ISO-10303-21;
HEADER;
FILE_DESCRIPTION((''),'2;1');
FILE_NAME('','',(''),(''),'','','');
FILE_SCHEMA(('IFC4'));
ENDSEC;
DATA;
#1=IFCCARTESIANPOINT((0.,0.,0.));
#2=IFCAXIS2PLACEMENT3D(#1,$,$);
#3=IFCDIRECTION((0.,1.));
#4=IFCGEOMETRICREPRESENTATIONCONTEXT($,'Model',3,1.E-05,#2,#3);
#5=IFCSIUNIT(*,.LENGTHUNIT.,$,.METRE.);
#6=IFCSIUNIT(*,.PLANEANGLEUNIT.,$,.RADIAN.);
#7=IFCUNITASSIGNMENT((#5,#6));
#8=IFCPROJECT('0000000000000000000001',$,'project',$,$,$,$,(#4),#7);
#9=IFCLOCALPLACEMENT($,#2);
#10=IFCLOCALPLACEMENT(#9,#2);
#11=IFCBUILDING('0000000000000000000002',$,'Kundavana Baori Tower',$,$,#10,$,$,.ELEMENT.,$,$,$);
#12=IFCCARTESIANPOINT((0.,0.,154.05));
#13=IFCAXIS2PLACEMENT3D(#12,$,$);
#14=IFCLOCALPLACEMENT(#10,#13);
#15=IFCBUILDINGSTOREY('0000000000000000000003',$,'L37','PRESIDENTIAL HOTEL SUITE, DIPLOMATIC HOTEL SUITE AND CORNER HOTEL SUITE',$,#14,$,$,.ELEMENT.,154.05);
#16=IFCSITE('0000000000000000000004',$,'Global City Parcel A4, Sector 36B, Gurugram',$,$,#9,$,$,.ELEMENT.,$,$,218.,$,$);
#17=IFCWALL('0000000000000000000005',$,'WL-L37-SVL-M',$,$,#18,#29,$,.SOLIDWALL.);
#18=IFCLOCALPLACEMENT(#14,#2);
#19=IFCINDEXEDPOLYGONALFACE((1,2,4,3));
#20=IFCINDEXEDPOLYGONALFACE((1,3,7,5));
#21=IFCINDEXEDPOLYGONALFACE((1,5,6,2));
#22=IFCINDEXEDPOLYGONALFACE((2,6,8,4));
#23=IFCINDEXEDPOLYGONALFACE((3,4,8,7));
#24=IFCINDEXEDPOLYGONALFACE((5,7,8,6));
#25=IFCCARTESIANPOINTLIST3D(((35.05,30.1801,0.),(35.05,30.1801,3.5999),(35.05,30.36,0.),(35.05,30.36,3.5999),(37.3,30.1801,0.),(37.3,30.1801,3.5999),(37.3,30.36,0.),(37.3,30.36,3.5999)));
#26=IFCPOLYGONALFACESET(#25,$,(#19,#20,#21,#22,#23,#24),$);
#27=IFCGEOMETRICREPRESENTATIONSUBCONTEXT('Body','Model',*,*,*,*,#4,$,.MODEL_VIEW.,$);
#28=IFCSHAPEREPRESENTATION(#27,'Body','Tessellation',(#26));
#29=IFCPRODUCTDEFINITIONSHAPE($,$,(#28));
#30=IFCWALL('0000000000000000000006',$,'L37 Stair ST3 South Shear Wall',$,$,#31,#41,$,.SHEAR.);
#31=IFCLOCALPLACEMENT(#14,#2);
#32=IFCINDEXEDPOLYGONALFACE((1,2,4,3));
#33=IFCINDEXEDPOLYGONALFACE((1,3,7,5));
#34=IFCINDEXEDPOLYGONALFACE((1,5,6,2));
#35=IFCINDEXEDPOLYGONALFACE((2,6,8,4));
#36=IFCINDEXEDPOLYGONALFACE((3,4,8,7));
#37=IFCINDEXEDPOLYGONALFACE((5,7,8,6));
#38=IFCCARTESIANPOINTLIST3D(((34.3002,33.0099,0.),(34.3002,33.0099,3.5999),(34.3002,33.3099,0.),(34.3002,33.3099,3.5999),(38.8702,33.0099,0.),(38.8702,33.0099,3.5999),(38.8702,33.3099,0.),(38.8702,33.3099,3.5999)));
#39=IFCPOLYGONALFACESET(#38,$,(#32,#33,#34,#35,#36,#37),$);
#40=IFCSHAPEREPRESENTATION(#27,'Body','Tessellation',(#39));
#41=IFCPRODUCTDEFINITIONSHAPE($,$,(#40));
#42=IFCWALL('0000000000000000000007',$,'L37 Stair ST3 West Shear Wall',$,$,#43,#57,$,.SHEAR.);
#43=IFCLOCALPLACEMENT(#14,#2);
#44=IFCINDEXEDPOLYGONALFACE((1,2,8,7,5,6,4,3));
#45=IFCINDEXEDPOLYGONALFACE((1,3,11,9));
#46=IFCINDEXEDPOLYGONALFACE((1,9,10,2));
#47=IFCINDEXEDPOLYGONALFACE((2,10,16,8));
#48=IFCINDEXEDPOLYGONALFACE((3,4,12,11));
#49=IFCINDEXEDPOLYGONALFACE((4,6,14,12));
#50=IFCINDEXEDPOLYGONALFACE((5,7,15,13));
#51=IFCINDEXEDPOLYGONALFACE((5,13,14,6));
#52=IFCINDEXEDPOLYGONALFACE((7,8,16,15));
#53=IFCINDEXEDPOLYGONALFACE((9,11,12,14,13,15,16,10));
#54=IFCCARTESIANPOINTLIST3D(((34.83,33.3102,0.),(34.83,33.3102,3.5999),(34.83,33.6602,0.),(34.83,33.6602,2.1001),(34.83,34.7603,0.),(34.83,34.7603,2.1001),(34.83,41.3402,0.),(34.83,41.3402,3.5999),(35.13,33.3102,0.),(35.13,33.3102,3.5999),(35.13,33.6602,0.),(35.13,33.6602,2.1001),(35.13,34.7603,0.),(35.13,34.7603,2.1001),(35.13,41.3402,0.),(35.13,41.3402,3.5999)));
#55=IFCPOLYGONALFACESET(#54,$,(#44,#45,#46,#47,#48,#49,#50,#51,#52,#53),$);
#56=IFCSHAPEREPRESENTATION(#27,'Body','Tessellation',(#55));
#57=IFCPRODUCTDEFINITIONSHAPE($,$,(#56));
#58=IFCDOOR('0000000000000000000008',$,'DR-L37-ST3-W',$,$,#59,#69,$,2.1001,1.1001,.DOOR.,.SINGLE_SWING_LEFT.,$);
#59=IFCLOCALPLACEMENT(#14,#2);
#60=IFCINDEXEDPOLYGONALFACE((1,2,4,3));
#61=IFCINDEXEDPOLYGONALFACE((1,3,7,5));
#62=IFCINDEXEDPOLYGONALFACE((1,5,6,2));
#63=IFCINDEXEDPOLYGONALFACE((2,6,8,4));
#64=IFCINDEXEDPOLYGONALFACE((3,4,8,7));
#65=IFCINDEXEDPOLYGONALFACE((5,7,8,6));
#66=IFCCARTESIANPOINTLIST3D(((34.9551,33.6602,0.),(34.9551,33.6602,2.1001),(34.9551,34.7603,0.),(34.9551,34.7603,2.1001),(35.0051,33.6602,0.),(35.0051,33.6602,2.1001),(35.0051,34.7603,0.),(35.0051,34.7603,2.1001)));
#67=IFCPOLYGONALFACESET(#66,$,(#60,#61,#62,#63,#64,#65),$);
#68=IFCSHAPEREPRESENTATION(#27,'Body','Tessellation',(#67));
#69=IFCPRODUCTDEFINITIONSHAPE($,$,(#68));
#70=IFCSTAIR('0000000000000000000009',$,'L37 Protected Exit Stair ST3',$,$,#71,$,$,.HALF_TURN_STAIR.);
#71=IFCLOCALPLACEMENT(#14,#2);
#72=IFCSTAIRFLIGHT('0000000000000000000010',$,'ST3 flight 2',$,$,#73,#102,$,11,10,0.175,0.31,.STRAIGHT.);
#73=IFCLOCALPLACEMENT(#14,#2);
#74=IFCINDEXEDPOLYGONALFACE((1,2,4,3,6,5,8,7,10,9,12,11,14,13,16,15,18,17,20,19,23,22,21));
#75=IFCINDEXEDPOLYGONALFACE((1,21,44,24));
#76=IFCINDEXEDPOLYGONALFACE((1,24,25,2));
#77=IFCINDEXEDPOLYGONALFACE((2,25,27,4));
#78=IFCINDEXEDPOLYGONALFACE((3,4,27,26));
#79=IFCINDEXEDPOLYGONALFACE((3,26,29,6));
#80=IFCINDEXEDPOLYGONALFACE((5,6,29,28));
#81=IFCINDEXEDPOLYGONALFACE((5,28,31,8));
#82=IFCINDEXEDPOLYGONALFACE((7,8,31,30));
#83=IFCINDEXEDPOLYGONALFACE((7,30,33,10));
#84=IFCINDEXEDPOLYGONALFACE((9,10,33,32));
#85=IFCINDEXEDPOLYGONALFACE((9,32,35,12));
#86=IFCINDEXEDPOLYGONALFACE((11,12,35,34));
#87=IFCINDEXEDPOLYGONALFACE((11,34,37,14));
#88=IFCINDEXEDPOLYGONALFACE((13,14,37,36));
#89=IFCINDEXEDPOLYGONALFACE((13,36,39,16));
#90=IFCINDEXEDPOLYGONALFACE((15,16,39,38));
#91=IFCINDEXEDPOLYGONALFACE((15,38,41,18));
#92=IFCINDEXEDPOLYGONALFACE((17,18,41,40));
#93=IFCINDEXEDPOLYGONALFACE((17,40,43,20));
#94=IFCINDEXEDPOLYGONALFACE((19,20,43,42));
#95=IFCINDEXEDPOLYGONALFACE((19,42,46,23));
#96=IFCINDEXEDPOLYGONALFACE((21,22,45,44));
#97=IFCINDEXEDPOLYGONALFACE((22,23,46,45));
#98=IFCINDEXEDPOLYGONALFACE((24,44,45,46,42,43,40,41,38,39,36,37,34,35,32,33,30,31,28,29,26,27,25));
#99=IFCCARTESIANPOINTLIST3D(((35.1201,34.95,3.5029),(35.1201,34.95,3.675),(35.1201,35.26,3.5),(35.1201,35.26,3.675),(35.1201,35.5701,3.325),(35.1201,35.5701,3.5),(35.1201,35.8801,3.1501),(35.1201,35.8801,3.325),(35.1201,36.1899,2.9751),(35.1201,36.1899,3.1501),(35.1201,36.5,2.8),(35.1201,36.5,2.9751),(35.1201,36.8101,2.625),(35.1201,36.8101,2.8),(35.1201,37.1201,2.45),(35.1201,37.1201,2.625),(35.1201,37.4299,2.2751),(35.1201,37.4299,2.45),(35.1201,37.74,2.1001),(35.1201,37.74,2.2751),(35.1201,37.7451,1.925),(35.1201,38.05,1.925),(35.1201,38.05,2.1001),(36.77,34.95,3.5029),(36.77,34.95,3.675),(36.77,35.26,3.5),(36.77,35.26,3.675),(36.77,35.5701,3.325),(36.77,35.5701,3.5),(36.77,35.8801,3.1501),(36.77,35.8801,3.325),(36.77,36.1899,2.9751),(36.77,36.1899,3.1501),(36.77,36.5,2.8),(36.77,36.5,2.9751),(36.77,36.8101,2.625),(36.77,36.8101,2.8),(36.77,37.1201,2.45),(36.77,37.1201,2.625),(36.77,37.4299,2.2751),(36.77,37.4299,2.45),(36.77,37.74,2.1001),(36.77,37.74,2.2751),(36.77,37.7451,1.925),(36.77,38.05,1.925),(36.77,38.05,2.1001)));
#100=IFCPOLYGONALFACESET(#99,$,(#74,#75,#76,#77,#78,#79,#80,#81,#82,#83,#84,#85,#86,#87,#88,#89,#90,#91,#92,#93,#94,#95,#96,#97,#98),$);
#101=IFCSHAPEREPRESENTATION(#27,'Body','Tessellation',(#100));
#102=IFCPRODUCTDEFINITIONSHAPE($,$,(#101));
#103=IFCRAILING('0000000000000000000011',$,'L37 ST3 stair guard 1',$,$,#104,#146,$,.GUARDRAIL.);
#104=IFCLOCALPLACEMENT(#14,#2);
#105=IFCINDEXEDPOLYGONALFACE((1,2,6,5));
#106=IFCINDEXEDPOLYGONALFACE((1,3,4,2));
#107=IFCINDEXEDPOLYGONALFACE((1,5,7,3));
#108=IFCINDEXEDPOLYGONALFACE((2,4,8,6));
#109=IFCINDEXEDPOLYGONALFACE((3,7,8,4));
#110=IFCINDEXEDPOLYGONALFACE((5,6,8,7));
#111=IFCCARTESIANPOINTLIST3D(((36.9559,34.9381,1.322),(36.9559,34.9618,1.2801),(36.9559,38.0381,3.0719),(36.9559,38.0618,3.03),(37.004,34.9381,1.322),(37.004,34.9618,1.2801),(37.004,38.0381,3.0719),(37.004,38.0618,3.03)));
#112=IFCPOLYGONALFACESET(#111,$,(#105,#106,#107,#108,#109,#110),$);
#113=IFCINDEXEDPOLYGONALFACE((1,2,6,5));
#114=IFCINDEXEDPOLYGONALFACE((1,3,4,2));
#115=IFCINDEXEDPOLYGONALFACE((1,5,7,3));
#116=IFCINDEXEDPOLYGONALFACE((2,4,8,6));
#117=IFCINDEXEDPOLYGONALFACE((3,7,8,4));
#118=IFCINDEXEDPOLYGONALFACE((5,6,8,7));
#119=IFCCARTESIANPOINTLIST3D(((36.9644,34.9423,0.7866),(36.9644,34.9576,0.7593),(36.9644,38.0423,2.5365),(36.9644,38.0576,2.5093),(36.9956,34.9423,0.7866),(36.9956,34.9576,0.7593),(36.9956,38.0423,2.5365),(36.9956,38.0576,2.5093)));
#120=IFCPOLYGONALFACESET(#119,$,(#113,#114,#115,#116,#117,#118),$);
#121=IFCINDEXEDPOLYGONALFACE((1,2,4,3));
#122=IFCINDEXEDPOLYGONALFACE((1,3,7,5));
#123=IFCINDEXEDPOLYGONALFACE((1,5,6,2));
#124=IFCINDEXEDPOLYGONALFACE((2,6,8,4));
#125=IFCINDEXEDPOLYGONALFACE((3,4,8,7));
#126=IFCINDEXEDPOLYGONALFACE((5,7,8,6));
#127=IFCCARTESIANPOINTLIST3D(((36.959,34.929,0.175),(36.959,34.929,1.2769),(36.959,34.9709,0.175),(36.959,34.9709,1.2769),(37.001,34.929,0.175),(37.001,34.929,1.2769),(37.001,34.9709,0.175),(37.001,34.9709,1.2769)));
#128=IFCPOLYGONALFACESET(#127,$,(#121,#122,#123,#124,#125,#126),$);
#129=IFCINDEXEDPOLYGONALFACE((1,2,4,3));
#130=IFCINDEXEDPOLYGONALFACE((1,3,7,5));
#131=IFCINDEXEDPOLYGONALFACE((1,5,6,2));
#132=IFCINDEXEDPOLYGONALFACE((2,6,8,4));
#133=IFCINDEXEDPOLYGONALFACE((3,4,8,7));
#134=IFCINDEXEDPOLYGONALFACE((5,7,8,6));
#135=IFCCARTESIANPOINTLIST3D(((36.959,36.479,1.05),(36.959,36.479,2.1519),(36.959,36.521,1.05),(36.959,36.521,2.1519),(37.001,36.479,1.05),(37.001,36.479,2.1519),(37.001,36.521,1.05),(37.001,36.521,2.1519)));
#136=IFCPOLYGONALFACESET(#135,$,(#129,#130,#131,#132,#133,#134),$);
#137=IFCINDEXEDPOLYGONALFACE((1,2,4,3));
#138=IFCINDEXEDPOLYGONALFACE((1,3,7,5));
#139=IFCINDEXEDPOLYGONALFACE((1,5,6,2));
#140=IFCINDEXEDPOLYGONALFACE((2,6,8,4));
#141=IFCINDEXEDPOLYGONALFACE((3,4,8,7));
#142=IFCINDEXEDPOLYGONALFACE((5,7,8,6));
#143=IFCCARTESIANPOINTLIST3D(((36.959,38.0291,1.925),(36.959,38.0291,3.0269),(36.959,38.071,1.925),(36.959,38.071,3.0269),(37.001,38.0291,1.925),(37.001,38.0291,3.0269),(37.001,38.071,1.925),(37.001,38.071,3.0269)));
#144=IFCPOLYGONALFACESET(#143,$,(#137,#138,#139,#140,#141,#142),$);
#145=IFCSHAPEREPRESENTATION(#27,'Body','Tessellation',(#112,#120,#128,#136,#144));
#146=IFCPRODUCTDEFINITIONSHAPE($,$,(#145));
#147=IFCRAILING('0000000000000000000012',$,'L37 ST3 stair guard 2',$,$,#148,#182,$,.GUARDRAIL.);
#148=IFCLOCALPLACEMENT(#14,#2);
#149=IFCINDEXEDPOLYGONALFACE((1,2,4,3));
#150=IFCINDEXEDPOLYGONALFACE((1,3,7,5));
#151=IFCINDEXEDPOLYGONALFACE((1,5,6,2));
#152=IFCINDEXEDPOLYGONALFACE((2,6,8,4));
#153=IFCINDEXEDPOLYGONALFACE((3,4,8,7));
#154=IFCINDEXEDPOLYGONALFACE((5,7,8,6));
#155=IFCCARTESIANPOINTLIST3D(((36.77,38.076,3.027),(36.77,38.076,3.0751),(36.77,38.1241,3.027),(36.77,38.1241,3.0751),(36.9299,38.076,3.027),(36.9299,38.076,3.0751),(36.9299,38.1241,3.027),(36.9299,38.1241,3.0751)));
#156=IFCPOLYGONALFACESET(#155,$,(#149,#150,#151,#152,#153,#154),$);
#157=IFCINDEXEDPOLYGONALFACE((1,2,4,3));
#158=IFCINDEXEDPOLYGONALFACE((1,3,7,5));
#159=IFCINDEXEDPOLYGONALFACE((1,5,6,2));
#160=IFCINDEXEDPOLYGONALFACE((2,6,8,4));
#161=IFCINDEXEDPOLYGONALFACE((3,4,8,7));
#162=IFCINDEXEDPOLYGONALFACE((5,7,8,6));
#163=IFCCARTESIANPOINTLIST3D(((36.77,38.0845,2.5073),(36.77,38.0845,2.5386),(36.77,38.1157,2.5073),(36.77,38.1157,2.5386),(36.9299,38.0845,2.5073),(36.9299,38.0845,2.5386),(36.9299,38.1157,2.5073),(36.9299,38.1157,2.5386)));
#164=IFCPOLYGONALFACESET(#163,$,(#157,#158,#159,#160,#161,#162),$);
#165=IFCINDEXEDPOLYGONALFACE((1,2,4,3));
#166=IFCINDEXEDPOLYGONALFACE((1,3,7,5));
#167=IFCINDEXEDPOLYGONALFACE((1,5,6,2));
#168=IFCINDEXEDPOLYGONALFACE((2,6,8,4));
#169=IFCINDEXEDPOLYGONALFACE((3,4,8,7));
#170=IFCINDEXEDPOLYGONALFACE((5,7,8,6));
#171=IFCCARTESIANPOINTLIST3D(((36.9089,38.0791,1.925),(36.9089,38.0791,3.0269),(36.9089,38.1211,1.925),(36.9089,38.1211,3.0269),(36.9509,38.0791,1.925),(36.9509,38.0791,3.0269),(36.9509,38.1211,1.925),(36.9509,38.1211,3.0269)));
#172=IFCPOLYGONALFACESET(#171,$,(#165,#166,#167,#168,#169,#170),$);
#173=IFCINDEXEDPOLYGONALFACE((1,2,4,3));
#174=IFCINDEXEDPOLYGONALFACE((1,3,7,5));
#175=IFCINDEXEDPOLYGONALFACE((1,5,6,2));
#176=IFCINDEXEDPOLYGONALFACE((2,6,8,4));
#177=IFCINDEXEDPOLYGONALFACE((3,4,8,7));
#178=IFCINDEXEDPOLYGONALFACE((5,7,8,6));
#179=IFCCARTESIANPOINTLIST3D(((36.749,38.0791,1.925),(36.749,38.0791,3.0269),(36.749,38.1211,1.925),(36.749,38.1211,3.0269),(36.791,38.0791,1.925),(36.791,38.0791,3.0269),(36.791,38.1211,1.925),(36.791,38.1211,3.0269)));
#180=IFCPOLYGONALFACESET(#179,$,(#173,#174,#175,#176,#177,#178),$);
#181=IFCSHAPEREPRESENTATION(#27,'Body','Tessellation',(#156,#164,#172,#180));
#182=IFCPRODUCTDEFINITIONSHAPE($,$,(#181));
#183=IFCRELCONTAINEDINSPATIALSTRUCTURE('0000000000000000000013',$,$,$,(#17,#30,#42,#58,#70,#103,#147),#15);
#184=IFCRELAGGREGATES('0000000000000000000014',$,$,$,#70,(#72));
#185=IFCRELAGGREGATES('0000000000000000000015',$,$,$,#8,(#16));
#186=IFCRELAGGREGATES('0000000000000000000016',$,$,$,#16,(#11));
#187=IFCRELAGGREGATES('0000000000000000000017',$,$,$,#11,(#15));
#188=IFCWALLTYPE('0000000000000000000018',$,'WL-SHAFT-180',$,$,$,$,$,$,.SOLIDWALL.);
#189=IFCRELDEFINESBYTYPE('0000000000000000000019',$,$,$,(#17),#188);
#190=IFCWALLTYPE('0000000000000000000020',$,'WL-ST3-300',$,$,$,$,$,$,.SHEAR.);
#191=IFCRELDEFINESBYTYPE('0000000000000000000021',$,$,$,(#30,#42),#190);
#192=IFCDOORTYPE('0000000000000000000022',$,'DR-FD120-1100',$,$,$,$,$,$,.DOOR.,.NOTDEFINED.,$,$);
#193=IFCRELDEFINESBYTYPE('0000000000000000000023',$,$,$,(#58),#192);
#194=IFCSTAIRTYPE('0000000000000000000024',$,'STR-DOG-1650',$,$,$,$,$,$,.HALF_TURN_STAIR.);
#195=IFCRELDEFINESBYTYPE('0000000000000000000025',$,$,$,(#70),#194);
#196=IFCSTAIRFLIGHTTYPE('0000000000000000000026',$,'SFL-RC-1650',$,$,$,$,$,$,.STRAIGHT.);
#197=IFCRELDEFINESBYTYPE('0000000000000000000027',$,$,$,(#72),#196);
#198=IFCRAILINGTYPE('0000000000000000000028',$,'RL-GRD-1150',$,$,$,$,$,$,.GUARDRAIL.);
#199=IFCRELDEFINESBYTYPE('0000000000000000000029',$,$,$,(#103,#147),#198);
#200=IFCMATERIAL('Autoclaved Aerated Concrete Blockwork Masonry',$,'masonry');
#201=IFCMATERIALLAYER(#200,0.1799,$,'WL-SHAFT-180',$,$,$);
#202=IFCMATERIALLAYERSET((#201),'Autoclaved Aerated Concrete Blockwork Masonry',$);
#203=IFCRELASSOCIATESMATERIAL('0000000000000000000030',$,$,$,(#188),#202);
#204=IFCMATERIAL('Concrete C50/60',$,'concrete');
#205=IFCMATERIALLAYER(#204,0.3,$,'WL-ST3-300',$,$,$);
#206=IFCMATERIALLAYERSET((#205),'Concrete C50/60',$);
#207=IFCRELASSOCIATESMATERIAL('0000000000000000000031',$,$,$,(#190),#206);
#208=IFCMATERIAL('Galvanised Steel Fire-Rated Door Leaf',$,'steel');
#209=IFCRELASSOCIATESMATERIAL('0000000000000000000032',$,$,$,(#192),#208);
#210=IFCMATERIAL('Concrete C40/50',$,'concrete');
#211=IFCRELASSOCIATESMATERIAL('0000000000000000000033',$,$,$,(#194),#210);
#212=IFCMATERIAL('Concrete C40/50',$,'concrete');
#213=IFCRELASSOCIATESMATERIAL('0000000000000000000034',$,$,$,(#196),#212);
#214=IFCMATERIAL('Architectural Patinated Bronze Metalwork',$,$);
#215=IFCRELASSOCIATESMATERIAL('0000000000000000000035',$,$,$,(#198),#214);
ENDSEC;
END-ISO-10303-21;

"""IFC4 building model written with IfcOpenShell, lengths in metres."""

from ifc_helpers import new_model, si_unit, direction, frame, frame_2d, origin, origin_2d, place, context, subcontext, project, spatial, polyline, rectangle, outline, extrude, material, layer, layer_set, type_object, element, fill, aggregate, save


model = new_model("IFC4")

# Units and contexts
model_context = context("Model", 3, precision=1e-05, world=origin(), true_north=direction((0.0, 1.0)))
body_context = subcontext(model_context, "Body", "Model", "MODEL_VIEW")
ifc_project = project(units=[si_unit("LENGTHUNIT", "METRE"), si_unit("PLANEANGLEUNIT", "RADIAN")], contexts=[model_context])

# Site, building, storey
site_placement = place(None, origin())
site = spatial("IfcSite", under=ifc_project, at=site_placement, Name="Global City Parcel A4, Sector 36B, Gurugram", CompositionType="ELEMENT", RefElevation=218.0)
building_placement = place(site_placement, origin())
building = spatial("IfcBuilding", under=site, at=building_placement, Name="Kundavana Baori Tower", CompositionType="ELEMENT")
storey_placement = place(building_placement, frame((0.0, 0.0, 154.05)))
storey = spatial("IfcBuildingStorey", under=building, at=storey_placement, Name="L37", Description="PRESIDENTIAL HOTEL SUITE, DIPLOMATIC HOTEL SUITE AND CORNER HOTEL SUITE", CompositionType="ELEMENT", Elevation=154.05)

# Walls
ifc_material_1 = material(Name="Autoclaved Aerated Concrete Blockwork Masonry", Category="masonry")
ifc_layer_1 = layer(ifc_material_1, 0.1799, Name="WL-SHAFT-180")
ifc_layer_set_1 = layer_set([ifc_layer_1], Name="Autoclaved Aerated Concrete Blockwork Masonry")
wall_type_1 = type_object("IfcWallType", Name="WL-SHAFT-180", PredefinedType="SOLIDWALL", material=ifc_layer_set_1)
for number, where, z_axis, x_axis, name in (
    (1, (35.05, 30.27, 0.0), (0.0, 0.0, 1.0), (1.0, 0.0, 0.0), "WL-L37-SVL-M"),
):
    element("IfcWall", number, at=place(storey_placement, frame(where, z_axis=z_axis, x_axis=x_axis)), inside=storey, type_object=wall_type_1, Name=name, PredefinedType="SOLIDWALL", context=body_context, shape_type="SweptSolid", body=[
        extrude(rectangle(XDim=2.25, YDim=0.1799, at=frame_2d((1.125, 0.0))), origin(), (0.0, 0.0, 1.0), 3.5999),
    ])
ifc_material_2 = material(Name="Concrete C50/60", Category="concrete")
ifc_layer_2 = layer(ifc_material_2, 0.3, Name="WL-ST3-300")
ifc_layer_set_2 = layer_set([ifc_layer_2], Name="Concrete C50/60")
wall_type_2 = type_object("IfcWallType", Name="WL-ST3-300", PredefinedType="SHEAR", material=ifc_layer_set_2)
wall_1_placement = place(storey_placement, frame((34.3, 33.1599, 0.0), z_axis=(0.0, 0.0, 1.0), x_axis=(1.0, 0.0, 0.0)))
element("IfcWall", 2, at=wall_1_placement, inside=storey, type_object=wall_type_2, Name="L37 Stair ST3 South Shear Wall", PredefinedType="SHEAR", context=body_context, shape_type="SweptSolid", body=[
    extrude(rectangle(XDim=4.5701, YDim=0.3, at=frame_2d((2.2852, 0.0))), origin(), (0.0, 0.0, 1.0), 3.5999),
])

# Wall, opening, door
wall_2_placement = place(storey_placement, frame((34.98, 33.3101, 0.0), z_axis=(0.0, 0.0, 1.0), x_axis=(0.0, 1.0, 0.0)))
wall_2 = element("IfcWall", 3, at=wall_2_placement, inside=storey, type_object=wall_type_2, Name="L37 Stair ST3 West Shear Wall", PredefinedType="SHEAR", context=body_context, shape_type="SweptSolid", body=[
    extrude(rectangle(XDim=8.03, YDim=0.3, at=frame_2d((4.0151, 0.0))), origin(), (0.0, 0.0, 1.0), 3.5999),
])
opening_1_placement = place(wall_2_placement, frame((0.3501, 0.0, 0.0)))
opening_1 = element("IfcOpeningElement", 4, at=opening_1_placement, cuts=wall_2, PredefinedType="OPENING", context=body_context, shape_type="SweptSolid", body=[
    extrude(rectangle(XDim=1.1001, YDim=2.1001, at=frame_2d((0.55, 1.05))), frame((0.0, 0.1602, 0.0), z_axis=(0.0, -1.0, 0.0), x_axis=(1.0, 0.0, 0.0)), (0.0, 0.0, 1.0), 0.3201),
])
ifc_material_3 = material(Name="Galvanised Steel Fire-Rated Door Leaf", Category="steel")
door_type_1 = type_object("IfcDoorType", Name="DR-FD120-1100", OperationType="NOTDEFINED", PredefinedType="DOOR", material=ifc_material_3)
door_1_placement = place(opening_1_placement, origin())
door_1 = element("IfcDoor", 5, at=door_1_placement, inside=storey, type_object=door_type_1, Name="DR-L37-ST3-W", OperationType="SINGLE_SWING_LEFT", OverallHeight=2.1001, OverallWidth=1.1001, PredefinedType="DOOR", context=body_context, shape_type="SweptSolid", body=[
    extrude(rectangle(XDim=1.1001, YDim=2.1001, at=frame_2d((0.55, 1.05))), frame((0.0, 0.0249, 0.0), z_axis=(0.0, -1.0, 0.0), x_axis=(1.0, 0.0, 0.0)), (0.0, 0.0, 1.0), 0.05),
])
fill(opening_1, door_1)

# Stair, stair flight
ifc_material_4 = material(Name="Concrete C40/50", Category="concrete")
stair_type = type_object("IfcStairType", Name="STR-DOG-1650", PredefinedType="HALF_TURN_STAIR", material=ifc_material_4)
stair_placement = place(storey_placement, origin())
stair = element("IfcStair", 6, at=stair_placement, inside=storey, type_object=stair_type, Name="L37 Protected Exit Stair ST3", PredefinedType="HALF_TURN_STAIR")
ifc_material_5 = material(Name="Concrete C40/50", Category="concrete")
stair_flight_type = type_object("IfcStairFlightType", Name="SFL-RC-1650", PredefinedType="STRAIGHT", material=ifc_material_5)
stair_flight_placement = place(storey_placement, frame((35.9451, 38.05, 1.925), z_axis=(0.0, 0.0, 1.0), x_axis=(0.0, -1.0, 0.0)))
stair_flight = element("IfcStairFlight", 7, at=stair_flight_placement, type_object=stair_flight_type, Name="ST3 flight 2", NumberOfRisers=11, NumberOfTreads=10, PredefinedType="STRAIGHT", RiserHeight=0.175, TreadLength=0.31, context=body_context, shape_type="SweptSolid", body=[
    extrude(outline(polyline([(0.0, 0.0), (0.0, 0.175), (0.3101, 0.175), (0.3101, 0.3501), (0.6201, 0.3501), (0.6201, 0.5249), (0.9299, 0.5249), (0.9299, 0.7), (1.24, 0.7), (1.24, 0.875), (1.55, 0.875), (1.55, 1.05), (1.8601, 1.05), (1.8601, 1.2251), (2.1699, 1.2251), (2.1699, 1.3999), (2.48, 1.3999), (2.48, 1.575), (2.79, 1.575), (2.79, 1.75), (3.1001, 1.75), (3.1001, 1.925), (3.1001, 1.5779), (0.3049, 0.0), (0.0, 0.0)])), frame((0.0, 0.825, 0.0), z_axis=(0.0, -1.0, 0.0), x_axis=(1.0, 0.0, 0.0)), (0.0, 0.0, 1.0), 1.6499),
])
aggregate(stair, [stair_flight])

# Railings
ifc_material_6 = material(Name="Architectural Patinated Bronze Metalwork")
railing_type_1 = type_object("IfcRailingType", Name="RL-GRD-1150", PredefinedType="GUARDRAIL", material=ifc_material_6)
railing_1_placement = place(storey_placement, frame((36.98, 34.95, 0.175)))
element("IfcRailing", 8, at=railing_1_placement, inside=storey, type_object=railing_type_1, Name="L37 ST3 stair guard 1", PredefinedType="GUARDRAIL", context=body_context, shape_type="SweptSolid", body=[
    extrude(rectangle(XDim=0.0481, YDim=0.0481, at=origin_2d()), frame((0.0, 0.0, 1.126), z_axis=(0.0, 0.870831, 0.491583), x_axis=(-1.0, 0.0, 0.0)), (0.0, 0.0, 1.0), 3.5598),
    extrude(rectangle(XDim=0.0312, YDim=0.0312, at=origin_2d()), frame((0.0, 0.0, 0.5979), z_axis=(0.0, 0.870831, 0.491583), x_axis=(-1.0, 0.0, 0.0)), (0.0, 0.0, 1.0), 3.5598),
    extrude(rectangle(XDim=0.042, YDim=0.042, at=origin_2d()), origin(), (0.0, 0.0, 1.0), 1.1018),
    extrude(rectangle(XDim=0.042, YDim=0.042, at=origin_2d()), frame((0.0, 1.55, 0.875)), (0.0, 0.0, 1.0), 1.1018),
    extrude(rectangle(XDim=0.042, YDim=0.042, at=origin_2d()), frame((0.0, 3.1001, 1.75)), (0.0, 0.0, 1.0), 1.1018),
])
railing_2_placement = place(storey_placement, frame((36.9299, 38.1001, 1.925)))
element("IfcRailing", 9, at=railing_2_placement, inside=storey, type_object=railing_type_1, Name="L37 ST3 stair guard 2", PredefinedType="GUARDRAIL", context=body_context, shape_type="SweptSolid", body=[
    extrude(rectangle(XDim=0.0481, YDim=0.0481, at=origin_2d()), frame((0.0, 0.0, 1.126), z_axis=(-1.0, 0.0, 0.0), x_axis=(0.0, -1.0, 0.0)), (0.0, 0.0, 1.0), 0.1599),
    extrude(rectangle(XDim=0.0312, YDim=0.0312, at=origin_2d()), frame((0.0, 0.0, 0.5979), z_axis=(-1.0, 0.0, 0.0), x_axis=(0.0, -1.0, 0.0)), (0.0, 0.0, 1.0), 0.1599),
    extrude(rectangle(XDim=0.042, YDim=0.042, at=origin_2d()), origin(), (0.0, 0.0, 1.0), 1.1018),
    extrude(rectangle(XDim=0.042, YDim=0.042, at=origin_2d()), frame((-0.1599, 0.0, 0.0)), (0.0, 0.0, 1.0), 1.1018),
])

save(model, "model.ifc")
